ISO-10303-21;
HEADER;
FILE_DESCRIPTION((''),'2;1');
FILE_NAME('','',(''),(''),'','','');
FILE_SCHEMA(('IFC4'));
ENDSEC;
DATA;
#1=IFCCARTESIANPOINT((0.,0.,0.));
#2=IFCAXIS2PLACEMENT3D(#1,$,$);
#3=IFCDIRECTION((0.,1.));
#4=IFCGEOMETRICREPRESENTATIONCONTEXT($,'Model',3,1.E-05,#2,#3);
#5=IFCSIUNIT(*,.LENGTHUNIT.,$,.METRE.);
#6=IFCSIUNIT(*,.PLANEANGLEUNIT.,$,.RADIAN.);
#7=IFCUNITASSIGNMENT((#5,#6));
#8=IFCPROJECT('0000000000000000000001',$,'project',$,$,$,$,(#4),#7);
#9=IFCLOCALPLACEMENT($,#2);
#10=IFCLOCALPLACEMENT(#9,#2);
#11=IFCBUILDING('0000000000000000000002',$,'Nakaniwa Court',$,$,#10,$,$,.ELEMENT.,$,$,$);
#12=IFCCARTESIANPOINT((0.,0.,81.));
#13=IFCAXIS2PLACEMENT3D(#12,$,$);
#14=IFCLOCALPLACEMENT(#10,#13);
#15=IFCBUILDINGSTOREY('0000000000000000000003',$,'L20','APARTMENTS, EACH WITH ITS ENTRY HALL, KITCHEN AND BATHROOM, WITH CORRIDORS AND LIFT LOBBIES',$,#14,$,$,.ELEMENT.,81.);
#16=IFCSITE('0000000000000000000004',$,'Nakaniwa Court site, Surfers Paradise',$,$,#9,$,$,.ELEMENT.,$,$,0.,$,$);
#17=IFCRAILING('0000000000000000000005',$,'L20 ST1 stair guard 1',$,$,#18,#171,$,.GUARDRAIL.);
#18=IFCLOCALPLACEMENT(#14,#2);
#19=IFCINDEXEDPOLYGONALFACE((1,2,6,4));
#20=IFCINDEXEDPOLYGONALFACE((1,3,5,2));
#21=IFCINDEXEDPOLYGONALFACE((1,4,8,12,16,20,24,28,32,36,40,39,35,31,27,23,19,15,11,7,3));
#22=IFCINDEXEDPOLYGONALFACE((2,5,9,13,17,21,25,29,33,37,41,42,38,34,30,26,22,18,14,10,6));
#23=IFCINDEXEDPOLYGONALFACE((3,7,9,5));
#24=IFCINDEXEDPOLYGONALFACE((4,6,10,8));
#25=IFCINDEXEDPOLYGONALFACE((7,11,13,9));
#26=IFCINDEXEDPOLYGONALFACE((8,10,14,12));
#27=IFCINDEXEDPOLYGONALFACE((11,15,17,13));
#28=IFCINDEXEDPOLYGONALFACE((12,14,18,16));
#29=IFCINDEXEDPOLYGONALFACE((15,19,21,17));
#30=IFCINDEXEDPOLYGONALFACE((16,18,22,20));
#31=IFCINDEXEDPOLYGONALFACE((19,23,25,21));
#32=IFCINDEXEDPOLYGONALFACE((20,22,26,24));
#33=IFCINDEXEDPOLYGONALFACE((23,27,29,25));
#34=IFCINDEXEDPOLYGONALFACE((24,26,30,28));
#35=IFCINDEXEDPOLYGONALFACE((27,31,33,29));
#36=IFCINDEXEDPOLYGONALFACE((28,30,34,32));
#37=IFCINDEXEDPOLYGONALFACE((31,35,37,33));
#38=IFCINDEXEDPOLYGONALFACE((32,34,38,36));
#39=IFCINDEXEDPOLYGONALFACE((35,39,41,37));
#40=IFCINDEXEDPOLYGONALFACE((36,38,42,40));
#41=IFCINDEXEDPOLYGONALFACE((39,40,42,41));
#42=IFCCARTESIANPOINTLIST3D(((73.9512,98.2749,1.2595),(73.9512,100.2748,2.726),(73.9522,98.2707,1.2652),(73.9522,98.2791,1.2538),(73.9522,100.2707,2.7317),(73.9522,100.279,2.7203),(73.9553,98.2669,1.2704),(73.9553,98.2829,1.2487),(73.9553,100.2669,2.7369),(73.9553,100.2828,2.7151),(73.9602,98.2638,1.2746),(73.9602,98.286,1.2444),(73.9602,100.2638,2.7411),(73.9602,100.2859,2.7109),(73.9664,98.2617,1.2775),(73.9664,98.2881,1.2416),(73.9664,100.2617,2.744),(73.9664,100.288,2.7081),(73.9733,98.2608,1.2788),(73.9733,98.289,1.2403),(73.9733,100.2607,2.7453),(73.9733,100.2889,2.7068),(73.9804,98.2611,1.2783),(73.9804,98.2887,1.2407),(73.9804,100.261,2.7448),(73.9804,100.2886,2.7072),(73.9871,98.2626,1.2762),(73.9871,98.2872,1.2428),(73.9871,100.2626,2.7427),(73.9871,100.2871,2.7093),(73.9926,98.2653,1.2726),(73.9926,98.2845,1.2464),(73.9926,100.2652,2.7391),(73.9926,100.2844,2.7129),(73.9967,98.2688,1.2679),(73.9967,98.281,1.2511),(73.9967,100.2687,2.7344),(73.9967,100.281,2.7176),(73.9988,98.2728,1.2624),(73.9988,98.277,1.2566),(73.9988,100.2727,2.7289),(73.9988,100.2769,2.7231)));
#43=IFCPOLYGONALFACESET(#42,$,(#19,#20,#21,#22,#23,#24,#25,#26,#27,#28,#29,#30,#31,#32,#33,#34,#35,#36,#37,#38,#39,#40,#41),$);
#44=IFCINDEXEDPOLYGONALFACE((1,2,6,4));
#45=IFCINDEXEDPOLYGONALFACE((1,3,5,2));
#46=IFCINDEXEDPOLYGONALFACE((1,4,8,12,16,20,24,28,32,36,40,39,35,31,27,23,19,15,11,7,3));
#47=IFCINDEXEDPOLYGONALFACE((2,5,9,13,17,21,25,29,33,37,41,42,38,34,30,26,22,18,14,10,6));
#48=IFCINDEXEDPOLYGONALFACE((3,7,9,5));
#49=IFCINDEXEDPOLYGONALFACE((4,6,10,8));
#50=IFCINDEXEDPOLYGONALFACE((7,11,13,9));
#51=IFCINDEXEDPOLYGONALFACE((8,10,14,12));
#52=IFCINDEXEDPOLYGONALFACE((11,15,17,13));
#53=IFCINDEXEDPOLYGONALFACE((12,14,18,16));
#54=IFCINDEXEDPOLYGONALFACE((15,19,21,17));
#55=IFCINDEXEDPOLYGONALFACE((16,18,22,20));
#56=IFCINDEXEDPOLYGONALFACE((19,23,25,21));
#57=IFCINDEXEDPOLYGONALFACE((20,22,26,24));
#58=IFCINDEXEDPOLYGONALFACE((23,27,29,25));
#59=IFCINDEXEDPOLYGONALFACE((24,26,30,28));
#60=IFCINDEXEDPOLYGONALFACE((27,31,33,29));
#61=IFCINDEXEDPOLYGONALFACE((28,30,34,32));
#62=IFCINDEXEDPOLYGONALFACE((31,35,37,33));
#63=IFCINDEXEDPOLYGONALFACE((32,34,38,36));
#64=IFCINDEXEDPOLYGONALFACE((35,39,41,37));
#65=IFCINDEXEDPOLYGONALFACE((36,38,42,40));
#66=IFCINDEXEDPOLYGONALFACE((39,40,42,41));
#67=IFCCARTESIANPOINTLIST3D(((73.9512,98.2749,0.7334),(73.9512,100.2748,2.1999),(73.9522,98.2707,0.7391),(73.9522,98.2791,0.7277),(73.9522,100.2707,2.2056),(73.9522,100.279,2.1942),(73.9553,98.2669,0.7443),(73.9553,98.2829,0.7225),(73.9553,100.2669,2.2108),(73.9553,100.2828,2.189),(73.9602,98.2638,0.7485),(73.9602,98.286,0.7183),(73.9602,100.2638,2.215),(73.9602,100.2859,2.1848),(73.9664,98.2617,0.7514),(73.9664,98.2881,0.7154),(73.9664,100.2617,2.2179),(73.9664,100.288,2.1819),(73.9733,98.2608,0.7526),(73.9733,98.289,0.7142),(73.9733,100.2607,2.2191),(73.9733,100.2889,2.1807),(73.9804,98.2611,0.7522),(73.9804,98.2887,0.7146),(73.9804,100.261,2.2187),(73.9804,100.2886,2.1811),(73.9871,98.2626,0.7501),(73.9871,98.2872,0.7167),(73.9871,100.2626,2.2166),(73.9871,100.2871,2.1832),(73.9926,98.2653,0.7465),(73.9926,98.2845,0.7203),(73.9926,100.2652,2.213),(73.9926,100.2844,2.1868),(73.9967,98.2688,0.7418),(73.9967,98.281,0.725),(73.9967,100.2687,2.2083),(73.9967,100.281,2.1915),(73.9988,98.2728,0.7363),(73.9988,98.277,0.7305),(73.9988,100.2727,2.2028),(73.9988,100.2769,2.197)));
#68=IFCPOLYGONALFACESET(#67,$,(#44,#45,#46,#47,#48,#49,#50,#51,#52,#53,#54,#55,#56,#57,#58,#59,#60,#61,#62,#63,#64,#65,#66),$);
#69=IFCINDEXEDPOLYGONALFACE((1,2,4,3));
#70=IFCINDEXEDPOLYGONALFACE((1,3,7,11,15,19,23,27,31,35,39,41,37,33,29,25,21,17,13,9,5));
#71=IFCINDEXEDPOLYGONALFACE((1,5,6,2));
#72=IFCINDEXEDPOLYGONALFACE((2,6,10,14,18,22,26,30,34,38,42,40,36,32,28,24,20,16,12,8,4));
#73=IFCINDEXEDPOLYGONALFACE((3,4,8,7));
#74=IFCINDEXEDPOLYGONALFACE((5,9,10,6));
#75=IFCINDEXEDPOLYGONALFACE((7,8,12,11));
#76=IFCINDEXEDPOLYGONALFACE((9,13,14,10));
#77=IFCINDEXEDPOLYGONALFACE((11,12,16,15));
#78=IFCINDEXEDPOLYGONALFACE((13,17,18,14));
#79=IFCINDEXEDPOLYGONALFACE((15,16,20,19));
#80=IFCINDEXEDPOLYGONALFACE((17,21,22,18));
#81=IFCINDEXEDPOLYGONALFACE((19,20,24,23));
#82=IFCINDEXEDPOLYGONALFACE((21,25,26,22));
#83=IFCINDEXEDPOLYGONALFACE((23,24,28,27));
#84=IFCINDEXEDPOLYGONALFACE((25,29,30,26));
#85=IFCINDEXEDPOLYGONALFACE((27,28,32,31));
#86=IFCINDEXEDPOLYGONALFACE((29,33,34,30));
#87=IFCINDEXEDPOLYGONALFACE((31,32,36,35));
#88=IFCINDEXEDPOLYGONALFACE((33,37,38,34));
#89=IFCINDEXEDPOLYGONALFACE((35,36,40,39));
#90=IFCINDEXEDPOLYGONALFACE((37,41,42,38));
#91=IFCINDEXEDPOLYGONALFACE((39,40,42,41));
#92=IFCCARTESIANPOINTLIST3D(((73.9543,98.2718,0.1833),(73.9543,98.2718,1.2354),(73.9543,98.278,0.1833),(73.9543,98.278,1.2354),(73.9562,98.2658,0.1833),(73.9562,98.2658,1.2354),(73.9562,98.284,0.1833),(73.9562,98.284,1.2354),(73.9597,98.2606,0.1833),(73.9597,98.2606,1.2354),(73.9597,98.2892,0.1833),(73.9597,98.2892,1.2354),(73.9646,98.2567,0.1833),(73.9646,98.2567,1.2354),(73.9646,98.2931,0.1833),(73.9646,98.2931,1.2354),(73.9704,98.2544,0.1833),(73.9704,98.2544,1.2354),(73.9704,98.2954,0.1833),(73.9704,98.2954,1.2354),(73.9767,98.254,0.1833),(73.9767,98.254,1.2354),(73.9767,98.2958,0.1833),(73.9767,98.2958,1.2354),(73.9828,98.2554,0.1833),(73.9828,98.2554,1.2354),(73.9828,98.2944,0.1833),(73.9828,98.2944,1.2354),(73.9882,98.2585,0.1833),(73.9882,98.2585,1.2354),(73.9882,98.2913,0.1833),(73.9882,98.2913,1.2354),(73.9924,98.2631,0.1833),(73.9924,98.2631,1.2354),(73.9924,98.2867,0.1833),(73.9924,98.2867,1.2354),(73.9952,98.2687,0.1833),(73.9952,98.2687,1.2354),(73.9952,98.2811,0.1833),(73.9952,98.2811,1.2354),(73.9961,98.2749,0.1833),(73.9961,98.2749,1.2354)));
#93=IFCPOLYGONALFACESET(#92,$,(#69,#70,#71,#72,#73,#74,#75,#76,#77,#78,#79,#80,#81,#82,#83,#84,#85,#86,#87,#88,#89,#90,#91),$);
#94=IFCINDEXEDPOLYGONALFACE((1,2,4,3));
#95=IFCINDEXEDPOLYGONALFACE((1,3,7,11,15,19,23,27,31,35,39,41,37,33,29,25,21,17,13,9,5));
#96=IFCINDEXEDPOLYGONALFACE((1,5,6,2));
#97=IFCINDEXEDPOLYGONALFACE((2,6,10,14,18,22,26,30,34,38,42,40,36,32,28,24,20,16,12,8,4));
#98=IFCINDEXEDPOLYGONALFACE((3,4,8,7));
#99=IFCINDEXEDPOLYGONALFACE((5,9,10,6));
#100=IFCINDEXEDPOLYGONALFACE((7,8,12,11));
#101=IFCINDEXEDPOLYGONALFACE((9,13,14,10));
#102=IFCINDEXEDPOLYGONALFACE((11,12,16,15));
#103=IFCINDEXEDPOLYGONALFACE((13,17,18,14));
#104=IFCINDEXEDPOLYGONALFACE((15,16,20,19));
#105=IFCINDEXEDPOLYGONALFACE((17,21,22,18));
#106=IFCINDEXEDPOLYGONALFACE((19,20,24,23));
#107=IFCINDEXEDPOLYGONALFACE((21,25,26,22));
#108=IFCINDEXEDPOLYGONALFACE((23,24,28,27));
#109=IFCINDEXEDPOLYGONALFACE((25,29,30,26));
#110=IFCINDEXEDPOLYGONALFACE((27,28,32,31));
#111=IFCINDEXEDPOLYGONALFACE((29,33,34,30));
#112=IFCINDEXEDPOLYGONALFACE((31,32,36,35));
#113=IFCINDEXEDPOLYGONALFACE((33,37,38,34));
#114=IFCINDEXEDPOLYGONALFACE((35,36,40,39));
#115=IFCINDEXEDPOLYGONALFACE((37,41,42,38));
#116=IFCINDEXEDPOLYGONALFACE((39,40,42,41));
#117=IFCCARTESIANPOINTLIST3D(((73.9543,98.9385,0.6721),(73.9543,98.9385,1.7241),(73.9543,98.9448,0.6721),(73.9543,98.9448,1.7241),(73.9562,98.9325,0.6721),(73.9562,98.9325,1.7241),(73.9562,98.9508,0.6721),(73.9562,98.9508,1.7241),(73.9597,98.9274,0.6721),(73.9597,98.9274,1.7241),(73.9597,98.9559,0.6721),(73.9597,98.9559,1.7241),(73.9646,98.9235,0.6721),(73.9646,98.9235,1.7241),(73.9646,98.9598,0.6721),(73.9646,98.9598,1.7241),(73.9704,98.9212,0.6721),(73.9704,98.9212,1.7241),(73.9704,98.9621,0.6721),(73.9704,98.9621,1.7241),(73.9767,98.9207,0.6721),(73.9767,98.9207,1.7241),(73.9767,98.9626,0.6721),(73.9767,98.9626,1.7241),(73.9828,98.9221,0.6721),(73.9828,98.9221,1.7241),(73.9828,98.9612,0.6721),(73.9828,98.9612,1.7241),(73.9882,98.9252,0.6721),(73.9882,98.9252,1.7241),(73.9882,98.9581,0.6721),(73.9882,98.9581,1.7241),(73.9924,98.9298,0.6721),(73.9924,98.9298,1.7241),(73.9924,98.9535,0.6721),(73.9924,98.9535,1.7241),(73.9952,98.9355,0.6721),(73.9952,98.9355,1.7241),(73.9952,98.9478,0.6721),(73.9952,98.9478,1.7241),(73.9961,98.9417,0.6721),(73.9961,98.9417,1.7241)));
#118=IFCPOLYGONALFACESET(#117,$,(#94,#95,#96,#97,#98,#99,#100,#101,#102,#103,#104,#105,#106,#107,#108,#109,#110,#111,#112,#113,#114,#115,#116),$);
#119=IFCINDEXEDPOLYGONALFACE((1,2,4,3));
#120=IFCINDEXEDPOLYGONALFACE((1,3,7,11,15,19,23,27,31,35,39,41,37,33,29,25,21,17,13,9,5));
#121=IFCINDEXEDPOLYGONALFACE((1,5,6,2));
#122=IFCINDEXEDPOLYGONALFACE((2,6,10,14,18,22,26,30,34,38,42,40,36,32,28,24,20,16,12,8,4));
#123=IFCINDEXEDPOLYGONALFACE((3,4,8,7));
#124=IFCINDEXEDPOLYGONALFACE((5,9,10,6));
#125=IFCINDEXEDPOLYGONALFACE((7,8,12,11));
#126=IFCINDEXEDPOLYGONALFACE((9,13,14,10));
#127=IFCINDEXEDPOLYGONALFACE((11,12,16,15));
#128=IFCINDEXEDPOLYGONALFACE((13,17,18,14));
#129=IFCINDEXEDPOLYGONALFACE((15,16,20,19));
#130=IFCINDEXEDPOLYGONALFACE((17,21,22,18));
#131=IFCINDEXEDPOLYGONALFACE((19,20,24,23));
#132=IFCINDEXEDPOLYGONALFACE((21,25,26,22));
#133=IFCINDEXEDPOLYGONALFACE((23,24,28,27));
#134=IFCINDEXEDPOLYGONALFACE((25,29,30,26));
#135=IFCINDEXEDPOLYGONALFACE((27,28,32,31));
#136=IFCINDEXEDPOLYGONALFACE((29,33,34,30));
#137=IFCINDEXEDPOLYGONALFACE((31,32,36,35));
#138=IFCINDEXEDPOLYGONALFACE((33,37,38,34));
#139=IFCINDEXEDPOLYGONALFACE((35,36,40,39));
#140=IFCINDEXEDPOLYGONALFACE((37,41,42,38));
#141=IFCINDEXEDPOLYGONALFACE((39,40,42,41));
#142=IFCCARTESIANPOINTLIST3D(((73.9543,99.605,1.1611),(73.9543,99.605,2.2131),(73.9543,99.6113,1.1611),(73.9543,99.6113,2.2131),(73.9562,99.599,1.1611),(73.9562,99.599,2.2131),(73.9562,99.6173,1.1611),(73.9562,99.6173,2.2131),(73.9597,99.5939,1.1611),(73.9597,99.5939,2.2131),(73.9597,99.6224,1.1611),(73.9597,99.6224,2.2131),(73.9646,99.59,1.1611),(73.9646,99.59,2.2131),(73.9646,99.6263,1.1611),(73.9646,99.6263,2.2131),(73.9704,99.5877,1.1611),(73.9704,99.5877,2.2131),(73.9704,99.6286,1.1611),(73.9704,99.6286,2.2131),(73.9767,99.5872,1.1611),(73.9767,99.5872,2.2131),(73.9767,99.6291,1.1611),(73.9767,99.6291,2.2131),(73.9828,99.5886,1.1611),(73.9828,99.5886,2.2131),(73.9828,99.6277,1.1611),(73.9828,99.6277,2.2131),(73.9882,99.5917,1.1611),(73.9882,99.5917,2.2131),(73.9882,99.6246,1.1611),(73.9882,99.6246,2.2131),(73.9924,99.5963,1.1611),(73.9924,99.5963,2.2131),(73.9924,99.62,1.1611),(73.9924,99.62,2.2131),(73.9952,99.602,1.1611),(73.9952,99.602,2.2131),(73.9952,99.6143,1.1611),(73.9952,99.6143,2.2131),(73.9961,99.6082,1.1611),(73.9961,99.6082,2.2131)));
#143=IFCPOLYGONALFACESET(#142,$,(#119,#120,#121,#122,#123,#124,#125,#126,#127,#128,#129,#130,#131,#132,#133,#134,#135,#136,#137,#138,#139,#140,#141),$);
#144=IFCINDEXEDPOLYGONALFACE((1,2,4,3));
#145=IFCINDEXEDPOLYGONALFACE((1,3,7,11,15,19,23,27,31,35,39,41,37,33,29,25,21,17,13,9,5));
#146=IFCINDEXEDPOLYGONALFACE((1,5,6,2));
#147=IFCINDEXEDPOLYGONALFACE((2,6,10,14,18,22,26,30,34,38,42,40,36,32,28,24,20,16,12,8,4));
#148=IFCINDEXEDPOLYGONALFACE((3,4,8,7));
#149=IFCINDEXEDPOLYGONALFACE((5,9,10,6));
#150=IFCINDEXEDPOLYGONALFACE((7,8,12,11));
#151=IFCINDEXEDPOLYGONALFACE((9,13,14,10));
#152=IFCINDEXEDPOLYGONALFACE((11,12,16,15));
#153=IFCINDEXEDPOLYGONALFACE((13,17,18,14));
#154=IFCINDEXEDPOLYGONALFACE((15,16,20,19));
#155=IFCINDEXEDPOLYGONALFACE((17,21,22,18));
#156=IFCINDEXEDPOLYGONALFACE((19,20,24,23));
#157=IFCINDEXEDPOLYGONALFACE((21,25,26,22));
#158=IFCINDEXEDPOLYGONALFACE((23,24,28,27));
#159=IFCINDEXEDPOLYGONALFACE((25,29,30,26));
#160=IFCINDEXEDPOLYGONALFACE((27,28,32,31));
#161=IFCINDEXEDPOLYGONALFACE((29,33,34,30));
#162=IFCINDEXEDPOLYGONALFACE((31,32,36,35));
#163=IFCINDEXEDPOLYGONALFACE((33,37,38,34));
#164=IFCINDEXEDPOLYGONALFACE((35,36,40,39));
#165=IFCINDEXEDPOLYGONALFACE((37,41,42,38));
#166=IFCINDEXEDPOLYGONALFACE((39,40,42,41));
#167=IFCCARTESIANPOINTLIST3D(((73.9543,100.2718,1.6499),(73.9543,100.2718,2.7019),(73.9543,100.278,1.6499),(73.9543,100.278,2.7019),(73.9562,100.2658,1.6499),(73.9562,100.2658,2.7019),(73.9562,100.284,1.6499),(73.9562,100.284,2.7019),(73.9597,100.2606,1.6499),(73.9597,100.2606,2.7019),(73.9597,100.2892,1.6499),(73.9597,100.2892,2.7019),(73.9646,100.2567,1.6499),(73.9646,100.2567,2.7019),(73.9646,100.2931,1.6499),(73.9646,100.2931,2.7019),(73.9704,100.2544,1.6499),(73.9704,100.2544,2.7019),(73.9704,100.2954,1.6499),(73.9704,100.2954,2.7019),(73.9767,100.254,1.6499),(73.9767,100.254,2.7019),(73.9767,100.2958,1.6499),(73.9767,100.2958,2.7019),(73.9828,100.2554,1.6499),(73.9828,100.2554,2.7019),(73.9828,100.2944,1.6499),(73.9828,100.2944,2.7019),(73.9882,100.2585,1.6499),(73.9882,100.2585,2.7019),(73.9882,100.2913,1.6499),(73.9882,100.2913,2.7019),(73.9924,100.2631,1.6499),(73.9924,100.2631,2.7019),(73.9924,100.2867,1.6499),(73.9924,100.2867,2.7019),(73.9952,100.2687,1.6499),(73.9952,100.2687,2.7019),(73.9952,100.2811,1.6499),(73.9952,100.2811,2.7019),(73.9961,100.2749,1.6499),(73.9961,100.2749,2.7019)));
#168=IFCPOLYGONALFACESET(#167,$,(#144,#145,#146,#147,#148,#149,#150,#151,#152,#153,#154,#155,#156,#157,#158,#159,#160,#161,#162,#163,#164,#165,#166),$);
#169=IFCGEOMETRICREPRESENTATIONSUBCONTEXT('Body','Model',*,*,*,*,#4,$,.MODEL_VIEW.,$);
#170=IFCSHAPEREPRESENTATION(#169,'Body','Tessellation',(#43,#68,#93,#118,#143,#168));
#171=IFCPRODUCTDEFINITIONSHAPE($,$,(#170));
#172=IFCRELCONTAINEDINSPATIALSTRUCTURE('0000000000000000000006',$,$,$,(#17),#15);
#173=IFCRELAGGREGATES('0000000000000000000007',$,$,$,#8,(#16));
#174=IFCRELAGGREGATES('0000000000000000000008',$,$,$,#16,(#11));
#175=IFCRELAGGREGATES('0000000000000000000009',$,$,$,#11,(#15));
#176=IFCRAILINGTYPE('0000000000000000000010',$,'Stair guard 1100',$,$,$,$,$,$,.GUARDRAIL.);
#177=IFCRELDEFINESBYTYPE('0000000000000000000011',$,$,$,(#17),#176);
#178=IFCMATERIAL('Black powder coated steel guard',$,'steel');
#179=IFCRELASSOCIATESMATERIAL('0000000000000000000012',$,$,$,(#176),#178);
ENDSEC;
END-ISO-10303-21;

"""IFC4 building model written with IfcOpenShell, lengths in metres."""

from ifc_helpers import new_model, si_unit, direction, frame, origin, origin_2d, place, context, subcontext, project, spatial, circle, extrude, material, type_object, element, save


model = new_model("IFC4")

# Units and contexts
model_context = context("Model", 3, precision=1e-05, world=origin(), true_north=direction((0.0, 1.0)))
body_context = subcontext(model_context, "Body", "Model", "MODEL_VIEW")
ifc_project = project(units=[si_unit("LENGTHUNIT", "METRE"), si_unit("PLANEANGLEUNIT", "RADIAN")], contexts=[model_context])

# Site, building, storey
site_placement = place(None, origin())
site = spatial("IfcSite", under=ifc_project, at=site_placement, Name="Nakaniwa Court site, Surfers Paradise", CompositionType="ELEMENT", RefElevation=0.0)
building_placement = place(site_placement, origin())
building = spatial("IfcBuilding", under=site, at=building_placement, Name="Nakaniwa Court", CompositionType="ELEMENT")
storey_placement = place(building_placement, frame((0.0, 0.0, 81.0)))
storey = spatial("IfcBuildingStorey", under=building, at=storey_placement, Name="L20", Description="APARTMENTS, EACH WITH ITS ENTRY HALL, KITCHEN AND BATHROOM, WITH CORRIDORS AND LIFT LOBBIES", CompositionType="ELEMENT", Elevation=81.0)

# Railing
ifc_material_1 = material(Name="Black powder coated steel guard", Category="steel")
railing_type_1 = type_object("IfcRailingType", Name="Stair guard 1100", PredefinedType="GUARDRAIL", material=ifc_material_1)
railing_1_placement = place(storey_placement, frame((73.9751, 98.2749, 0.1833)))
element("IfcRailing", 1, at=railing_1_placement, inside=storey, type_object=railing_type_1, Name="L20 ST1 stair guard 1", PredefinedType="GUARDRAIL", context=body_context, shape_type="SweptSolid", body=[
    extrude(circle(Radius=0.0239, at=origin_2d()), frame((0.0, 0.0, 1.0762), z_axis=(0.0, 0.806427, 0.591334), x_axis=(-1.0, 0.0, 0.0)), (0.0, 0.0, 1.0), 2.48),
    extrude(circle(Radius=0.0239, at=origin_2d()), frame((0.0, 0.0, 0.55), z_axis=(0.0, 0.806427, 0.591334), x_axis=(-1.0, 0.0, 0.0)), (0.0, 0.0, 1.0), 2.48),
    extrude(circle(Radius=0.021, at=origin_2d()), origin(), (0.0, 0.0, 1.0), 1.052),
    extrude(circle(Radius=0.021, at=origin_2d()), frame((0.0, 0.6667, 0.4888)), (0.0, 0.0, 1.0), 1.052),
    extrude(circle(Radius=0.021, at=origin_2d()), frame((0.0, 1.3333, 0.9778)), (0.0, 0.0, 1.0), 1.052),
    extrude(circle(Radius=0.021, at=origin_2d()), frame((0.0, 2.0, 1.4666)), (0.0, 0.0, 1.0), 1.052),
])

save(model, "model.ifc")
